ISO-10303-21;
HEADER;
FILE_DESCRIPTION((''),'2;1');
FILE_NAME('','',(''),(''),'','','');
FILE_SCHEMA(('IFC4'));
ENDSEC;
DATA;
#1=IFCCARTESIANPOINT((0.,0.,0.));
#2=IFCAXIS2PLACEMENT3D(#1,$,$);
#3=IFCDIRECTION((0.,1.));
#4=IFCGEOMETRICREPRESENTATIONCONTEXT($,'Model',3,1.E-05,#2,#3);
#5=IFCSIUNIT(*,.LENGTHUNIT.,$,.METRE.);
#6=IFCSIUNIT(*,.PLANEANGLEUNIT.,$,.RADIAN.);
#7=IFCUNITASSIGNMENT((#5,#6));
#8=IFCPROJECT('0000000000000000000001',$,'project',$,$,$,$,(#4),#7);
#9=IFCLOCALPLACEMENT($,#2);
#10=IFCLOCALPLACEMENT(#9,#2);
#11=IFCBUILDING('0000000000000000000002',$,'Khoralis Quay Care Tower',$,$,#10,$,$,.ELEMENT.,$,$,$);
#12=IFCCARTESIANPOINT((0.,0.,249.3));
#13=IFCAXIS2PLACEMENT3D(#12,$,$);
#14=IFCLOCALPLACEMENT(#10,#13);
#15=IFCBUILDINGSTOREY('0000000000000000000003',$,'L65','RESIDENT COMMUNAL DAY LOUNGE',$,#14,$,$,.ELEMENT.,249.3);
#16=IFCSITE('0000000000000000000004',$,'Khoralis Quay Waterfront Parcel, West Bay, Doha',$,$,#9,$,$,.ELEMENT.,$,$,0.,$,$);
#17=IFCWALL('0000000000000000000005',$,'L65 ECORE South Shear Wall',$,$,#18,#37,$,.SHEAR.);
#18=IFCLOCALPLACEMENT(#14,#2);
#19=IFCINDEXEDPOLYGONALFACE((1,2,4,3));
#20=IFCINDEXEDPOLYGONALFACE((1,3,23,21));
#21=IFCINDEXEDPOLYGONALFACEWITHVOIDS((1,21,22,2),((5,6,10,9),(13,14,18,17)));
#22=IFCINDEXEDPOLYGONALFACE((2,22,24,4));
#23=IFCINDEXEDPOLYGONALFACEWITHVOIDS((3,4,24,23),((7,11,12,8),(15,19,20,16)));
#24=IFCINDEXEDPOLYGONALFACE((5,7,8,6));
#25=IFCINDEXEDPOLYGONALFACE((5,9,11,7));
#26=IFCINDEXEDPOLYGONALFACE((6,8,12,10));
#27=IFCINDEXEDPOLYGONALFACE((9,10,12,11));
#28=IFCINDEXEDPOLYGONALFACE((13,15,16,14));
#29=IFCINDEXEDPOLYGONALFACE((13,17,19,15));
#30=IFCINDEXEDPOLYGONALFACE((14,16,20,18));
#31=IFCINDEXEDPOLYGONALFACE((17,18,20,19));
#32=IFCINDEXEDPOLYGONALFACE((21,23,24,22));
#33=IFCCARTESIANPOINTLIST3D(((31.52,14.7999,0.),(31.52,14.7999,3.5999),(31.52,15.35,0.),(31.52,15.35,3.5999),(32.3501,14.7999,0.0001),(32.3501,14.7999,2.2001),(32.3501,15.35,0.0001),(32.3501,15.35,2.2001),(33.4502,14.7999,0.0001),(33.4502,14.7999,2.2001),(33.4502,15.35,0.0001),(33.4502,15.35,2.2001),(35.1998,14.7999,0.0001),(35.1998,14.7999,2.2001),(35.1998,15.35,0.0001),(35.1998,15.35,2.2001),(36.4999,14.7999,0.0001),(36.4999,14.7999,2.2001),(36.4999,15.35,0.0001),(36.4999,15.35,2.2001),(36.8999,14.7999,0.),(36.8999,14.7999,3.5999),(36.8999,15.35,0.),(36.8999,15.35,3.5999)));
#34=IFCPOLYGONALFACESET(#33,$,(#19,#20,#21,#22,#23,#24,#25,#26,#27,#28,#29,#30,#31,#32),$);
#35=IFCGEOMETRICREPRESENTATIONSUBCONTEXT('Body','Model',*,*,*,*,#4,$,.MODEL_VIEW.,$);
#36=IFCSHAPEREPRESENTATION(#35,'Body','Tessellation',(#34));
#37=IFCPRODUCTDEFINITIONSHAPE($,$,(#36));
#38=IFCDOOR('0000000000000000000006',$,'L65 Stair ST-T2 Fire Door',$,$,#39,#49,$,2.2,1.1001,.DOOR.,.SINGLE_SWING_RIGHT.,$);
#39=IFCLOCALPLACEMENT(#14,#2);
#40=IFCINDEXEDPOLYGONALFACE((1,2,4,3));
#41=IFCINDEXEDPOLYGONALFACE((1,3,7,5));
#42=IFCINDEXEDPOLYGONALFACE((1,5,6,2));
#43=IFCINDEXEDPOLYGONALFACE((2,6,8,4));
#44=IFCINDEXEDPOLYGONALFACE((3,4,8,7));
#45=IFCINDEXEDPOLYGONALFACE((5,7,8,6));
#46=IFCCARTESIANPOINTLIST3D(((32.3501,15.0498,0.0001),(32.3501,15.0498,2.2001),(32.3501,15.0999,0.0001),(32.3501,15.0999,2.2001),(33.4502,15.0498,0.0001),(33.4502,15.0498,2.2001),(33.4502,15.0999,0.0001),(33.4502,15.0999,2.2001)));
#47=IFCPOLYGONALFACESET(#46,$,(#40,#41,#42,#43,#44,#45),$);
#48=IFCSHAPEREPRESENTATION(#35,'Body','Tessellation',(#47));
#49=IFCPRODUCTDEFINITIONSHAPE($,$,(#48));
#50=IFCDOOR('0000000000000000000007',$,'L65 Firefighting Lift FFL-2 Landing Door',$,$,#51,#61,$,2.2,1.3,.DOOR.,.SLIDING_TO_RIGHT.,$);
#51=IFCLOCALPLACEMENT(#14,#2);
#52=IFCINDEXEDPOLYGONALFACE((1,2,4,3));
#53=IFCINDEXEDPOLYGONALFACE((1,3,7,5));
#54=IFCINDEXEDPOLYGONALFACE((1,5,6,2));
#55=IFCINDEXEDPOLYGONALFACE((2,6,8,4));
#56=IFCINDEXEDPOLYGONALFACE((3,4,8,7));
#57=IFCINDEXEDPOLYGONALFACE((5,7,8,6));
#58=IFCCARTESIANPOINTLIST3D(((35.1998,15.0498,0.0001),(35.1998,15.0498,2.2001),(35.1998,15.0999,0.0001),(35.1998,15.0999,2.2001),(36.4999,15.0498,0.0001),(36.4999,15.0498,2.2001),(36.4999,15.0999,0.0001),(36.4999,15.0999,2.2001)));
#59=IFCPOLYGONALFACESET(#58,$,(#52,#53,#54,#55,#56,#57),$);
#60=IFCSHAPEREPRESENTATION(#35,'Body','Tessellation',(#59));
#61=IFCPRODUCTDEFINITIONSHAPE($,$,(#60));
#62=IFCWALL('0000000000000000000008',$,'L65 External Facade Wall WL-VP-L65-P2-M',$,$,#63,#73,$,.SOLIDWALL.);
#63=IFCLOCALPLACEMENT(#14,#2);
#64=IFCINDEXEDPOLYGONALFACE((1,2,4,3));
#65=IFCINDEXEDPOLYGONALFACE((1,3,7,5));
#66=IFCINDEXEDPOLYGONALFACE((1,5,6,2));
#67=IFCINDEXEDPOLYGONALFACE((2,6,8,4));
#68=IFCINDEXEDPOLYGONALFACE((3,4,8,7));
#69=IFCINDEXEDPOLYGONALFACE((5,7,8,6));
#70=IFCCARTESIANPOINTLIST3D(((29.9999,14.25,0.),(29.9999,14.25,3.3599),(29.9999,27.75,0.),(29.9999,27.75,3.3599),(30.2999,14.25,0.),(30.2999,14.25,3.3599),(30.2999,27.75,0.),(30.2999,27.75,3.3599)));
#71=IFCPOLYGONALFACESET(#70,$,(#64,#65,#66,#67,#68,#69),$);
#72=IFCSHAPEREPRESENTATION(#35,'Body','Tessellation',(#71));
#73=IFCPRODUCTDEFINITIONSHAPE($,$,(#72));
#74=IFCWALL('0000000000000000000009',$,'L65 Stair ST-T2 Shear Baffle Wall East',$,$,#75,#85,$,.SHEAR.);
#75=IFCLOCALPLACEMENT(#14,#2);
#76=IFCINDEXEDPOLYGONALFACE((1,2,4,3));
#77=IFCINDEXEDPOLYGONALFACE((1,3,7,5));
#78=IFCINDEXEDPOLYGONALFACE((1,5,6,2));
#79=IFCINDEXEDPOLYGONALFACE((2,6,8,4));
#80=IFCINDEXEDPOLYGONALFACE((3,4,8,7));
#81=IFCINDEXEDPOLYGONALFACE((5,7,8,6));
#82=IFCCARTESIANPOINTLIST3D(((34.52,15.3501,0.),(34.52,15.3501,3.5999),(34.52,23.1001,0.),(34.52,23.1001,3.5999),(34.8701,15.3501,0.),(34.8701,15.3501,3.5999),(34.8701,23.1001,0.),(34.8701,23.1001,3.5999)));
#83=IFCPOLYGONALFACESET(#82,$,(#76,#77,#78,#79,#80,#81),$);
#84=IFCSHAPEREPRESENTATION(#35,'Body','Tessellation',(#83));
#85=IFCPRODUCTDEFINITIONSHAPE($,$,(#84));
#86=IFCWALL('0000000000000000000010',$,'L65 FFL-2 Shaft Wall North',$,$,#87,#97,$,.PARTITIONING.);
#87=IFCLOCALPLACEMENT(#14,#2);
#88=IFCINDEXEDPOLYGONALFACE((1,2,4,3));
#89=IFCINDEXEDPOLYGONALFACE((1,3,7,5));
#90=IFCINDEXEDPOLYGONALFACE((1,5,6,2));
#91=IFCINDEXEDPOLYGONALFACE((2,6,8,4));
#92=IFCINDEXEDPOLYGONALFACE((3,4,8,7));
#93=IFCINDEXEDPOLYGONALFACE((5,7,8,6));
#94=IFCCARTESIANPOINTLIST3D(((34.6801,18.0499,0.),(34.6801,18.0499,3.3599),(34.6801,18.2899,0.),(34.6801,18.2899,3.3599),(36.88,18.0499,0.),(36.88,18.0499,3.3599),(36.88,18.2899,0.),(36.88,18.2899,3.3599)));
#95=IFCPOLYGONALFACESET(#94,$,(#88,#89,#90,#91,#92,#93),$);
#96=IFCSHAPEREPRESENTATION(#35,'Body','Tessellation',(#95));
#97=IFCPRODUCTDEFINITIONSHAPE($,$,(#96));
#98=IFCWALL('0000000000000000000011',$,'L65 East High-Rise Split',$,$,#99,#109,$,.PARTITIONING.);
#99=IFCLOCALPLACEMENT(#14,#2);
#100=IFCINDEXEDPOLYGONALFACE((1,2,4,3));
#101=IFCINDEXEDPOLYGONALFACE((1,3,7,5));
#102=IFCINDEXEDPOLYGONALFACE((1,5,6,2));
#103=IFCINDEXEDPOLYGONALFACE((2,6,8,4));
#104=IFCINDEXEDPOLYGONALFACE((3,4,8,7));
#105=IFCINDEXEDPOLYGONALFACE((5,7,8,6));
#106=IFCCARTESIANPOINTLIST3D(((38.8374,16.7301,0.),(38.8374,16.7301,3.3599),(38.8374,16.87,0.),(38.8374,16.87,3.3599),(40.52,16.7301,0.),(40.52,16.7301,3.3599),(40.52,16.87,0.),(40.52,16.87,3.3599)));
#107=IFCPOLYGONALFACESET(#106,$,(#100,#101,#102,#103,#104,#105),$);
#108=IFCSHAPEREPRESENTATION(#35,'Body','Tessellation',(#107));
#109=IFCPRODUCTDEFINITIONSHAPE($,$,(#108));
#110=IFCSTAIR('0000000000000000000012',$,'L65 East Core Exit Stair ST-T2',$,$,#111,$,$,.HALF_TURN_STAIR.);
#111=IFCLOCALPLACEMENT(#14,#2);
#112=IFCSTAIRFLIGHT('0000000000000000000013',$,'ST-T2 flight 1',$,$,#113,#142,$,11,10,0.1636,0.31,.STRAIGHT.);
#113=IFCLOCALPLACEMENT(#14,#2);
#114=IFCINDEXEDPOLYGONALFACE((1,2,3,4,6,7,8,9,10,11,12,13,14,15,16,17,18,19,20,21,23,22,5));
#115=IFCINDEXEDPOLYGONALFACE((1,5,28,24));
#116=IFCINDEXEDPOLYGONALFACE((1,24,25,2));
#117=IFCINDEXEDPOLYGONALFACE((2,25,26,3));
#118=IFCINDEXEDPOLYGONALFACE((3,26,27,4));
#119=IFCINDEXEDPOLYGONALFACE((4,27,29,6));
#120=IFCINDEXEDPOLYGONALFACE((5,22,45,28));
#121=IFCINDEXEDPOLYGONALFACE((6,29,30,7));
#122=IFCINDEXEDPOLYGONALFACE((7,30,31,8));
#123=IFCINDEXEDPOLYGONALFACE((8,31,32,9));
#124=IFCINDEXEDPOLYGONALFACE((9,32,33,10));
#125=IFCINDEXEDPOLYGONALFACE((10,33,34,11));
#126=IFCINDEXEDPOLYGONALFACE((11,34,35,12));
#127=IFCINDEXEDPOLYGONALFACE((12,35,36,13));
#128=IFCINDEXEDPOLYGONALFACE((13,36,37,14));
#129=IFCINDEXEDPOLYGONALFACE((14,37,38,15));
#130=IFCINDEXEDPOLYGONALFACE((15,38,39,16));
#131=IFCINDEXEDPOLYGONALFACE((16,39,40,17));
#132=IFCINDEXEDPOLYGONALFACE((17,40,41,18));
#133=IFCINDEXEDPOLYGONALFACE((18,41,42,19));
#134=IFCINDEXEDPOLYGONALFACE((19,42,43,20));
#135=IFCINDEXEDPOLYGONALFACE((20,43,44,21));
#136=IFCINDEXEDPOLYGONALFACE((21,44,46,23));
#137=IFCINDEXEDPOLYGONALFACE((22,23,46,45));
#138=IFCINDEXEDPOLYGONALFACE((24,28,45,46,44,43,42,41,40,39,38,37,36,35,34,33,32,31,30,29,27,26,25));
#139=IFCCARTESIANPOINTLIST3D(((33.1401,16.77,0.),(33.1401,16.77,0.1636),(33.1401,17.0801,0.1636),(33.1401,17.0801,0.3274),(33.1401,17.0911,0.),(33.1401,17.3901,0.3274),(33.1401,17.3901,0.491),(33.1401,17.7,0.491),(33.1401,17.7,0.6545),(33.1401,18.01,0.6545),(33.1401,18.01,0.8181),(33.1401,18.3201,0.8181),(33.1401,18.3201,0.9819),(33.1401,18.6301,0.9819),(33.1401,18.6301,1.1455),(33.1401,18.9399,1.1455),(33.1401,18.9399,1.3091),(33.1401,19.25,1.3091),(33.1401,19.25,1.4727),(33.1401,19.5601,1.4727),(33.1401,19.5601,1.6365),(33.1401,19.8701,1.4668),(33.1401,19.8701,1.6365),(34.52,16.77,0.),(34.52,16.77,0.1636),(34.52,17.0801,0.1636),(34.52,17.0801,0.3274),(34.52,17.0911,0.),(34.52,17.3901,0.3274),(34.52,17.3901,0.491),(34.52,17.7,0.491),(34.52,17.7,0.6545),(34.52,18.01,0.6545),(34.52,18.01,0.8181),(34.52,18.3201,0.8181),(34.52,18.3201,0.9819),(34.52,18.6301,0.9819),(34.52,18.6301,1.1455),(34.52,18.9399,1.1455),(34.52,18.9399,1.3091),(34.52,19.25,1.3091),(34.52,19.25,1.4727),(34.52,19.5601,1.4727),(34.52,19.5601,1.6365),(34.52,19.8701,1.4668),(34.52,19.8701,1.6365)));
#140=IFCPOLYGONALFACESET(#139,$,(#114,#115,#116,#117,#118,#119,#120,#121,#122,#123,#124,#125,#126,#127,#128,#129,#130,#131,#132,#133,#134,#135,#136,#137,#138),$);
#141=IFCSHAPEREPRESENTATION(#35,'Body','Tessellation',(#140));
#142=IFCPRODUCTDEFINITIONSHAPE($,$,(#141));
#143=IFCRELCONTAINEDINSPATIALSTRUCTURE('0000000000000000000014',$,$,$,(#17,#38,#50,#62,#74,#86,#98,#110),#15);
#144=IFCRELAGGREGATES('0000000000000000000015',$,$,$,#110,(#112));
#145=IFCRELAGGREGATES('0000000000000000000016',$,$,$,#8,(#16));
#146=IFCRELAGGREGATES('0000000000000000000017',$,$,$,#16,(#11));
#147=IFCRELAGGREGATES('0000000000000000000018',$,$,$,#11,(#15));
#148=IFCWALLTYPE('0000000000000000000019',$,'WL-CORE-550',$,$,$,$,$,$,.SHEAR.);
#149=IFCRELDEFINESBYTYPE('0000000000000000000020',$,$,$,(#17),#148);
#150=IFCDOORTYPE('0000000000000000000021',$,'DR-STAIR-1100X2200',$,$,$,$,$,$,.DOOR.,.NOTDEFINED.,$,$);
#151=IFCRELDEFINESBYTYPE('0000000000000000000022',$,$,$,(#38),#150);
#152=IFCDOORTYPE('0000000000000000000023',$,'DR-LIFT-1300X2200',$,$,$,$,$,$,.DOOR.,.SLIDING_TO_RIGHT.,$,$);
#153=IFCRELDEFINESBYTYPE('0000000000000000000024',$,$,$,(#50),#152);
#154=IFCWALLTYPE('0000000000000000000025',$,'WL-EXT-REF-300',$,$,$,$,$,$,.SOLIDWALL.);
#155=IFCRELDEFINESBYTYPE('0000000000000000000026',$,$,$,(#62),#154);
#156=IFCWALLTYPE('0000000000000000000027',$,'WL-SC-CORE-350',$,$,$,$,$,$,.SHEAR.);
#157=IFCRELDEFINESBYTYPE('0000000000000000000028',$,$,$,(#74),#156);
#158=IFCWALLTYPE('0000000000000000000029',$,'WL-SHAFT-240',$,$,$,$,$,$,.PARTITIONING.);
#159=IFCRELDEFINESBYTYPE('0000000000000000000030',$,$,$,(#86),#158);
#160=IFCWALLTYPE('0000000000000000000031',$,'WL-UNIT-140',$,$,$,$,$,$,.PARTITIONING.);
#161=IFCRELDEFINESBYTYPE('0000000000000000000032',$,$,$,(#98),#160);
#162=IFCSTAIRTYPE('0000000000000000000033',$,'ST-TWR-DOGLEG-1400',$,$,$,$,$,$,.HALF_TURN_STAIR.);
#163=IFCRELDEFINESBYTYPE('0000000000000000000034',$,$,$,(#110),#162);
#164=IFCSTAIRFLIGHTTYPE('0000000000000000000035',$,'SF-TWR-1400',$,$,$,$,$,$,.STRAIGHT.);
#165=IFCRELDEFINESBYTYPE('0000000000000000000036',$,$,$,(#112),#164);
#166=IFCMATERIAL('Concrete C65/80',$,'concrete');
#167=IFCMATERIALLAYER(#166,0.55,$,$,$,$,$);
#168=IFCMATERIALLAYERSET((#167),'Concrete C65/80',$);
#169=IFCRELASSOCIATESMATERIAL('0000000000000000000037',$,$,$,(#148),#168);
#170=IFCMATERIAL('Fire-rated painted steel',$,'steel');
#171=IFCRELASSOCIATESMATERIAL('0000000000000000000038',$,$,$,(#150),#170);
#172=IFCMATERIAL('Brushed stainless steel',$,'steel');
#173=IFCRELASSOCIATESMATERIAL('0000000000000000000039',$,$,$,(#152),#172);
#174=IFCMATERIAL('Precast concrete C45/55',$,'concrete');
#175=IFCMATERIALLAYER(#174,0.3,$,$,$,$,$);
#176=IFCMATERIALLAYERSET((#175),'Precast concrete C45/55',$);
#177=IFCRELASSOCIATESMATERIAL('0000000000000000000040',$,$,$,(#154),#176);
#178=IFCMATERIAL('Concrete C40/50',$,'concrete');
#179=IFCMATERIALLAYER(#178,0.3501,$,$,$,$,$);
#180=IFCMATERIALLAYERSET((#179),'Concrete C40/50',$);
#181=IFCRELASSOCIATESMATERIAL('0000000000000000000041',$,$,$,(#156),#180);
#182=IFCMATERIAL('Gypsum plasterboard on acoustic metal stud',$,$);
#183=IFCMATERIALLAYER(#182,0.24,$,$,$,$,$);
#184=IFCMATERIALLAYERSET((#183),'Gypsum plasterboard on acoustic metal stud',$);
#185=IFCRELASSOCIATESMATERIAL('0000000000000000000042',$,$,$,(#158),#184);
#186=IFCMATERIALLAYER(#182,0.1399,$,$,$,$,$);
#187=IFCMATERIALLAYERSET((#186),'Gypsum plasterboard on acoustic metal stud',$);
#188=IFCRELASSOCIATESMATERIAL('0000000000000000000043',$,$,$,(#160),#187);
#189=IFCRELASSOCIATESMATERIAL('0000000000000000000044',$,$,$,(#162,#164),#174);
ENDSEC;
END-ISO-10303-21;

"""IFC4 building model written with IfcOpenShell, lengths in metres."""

from ifc_helpers import new_model, si_unit, direction, frame, frame_2d, origin, place, context, subcontext, project, spatial, polyline, rectangle, outline, extrude, source, transform, mapped, material, layer, layer_set, type_object, element, fill, aggregate, save


model = new_model("IFC4")

# Units and contexts
model_context = context("Model", 3, precision=1e-05, world=origin(), true_north=direction((0.0, 1.0)))
body_context = subcontext(model_context, "Body", "Model", "MODEL_VIEW")
ifc_project = project(units=[si_unit("LENGTHUNIT", "METRE"), si_unit("PLANEANGLEUNIT", "RADIAN")], contexts=[model_context])

# Site, building, storey
site_placement = place(None, origin())
site = spatial("IfcSite", under=ifc_project, at=site_placement, Name="Khoralis Quay Waterfront Parcel, West Bay, Doha", CompositionType="ELEMENT", RefElevation=0.0)
building_placement = place(site_placement, origin())
building = spatial("IfcBuilding", under=site, at=building_placement, Name="Khoralis Quay Care Tower", CompositionType="ELEMENT")
storey_placement = place(building_placement, frame((0.0, 0.0, 249.3)))
storey = spatial("IfcBuildingStorey", under=building, at=storey_placement, Name="L65", Description="RESIDENT COMMUNAL DAY LOUNGE", CompositionType="ELEMENT", Elevation=249.3)

# Shared definitions
ifc_material_1 = material(Name="Concrete C65/80", Category="concrete")
ifc_layer_1 = layer(ifc_material_1, 0.55)
ifc_layer_set_1 = layer_set([ifc_layer_1], Name="Concrete C65/80")
wall_type_1 = type_object("IfcWallType", Name="WL-CORE-550", PredefinedType="SHEAR", material=ifc_layer_set_1)

# Shared definitions
ifc_material_2 = material(Name="Fire-rated painted steel", Category="steel")
door_type_1 = type_object("IfcDoorType", Name="DR-STAIR-1100X2200", OperationType="NOTDEFINED", PredefinedType="DOOR", material=ifc_material_2)
shared_shape_1 = source(origin(), body_context, "Body", "SweptSolid", [
    extrude(rectangle(XDim=1.1001, YDim=2.2, at=frame_2d((0.55, 1.1001))), frame((0.0, 0.0249, 0.0), z_axis=(0.0, -1.0, 0.0), x_axis=(1.0, 0.0, 0.0)), (0.0, 0.0, 1.0), 0.05),
])

# Wall, openings, doors
wall_1_placement = place(storey_placement, frame((31.52, 15.075, 0.0), z_axis=(0.0, 0.0, 1.0), x_axis=(1.0, 0.0, 0.0)))
wall_1 = element("IfcWall", 1, at=wall_1_placement, inside=storey, type_object=wall_type_1, Name="L65 ECORE South Shear Wall", PredefinedType="SHEAR", context=body_context, shape_type="SweptSolid", body=[
    extrude(rectangle(XDim=5.3799, YDim=0.55, at=frame_2d((2.6899, 0.0))), origin(), (0.0, 0.0, 1.0), 3.5999),
])
opening_1_placement = place(wall_1_placement, frame((0.8301, 0.0, 0.0)))
opening_1 = element("IfcOpeningElement", 2, at=opening_1_placement, cuts=wall_1, PredefinedType="OPENING", context=body_context, shape_type="SweptSolid", body=[
    extrude(rectangle(XDim=1.1001, YDim=2.2, at=frame_2d((0.55, 1.1001))), frame((0.0, 0.2852, 0.0), z_axis=(0.0, -1.0, 0.0), x_axis=(1.0, 0.0, 0.0)), (0.0, 0.0, 1.0), 0.5701),
])
opening_2_placement = place(wall_1_placement, frame((3.6799, 0.0, 0.0)))
opening_2 = element("IfcOpeningElement", 3, at=opening_2_placement, cuts=wall_1, PredefinedType="OPENING", context=body_context, shape_type="SweptSolid", body=[
    extrude(rectangle(XDim=1.3, YDim=2.2, at=frame_2d((0.6499, 1.1001))), frame((0.0, 0.2852, 0.0), z_axis=(0.0, -1.0, 0.0), x_axis=(1.0, 0.0, 0.0)), (0.0, 0.0, 1.0), 0.5701),
])
door_1_placement = place(opening_1_placement, origin())
door_1 = element("IfcDoor", 4, at=door_1_placement, inside=storey, type_object=door_type_1, Name="L65 Stair ST-T2 Fire Door", OperationType="SINGLE_SWING_RIGHT", OverallHeight=2.2, OverallWidth=1.1001, PredefinedType="DOOR", context=body_context, shape_type="MappedRepresentation", body=[
    mapped(shared_shape_1, transform((0.0, 0.0, 0.0), scale=1.0)),
])
fill(opening_1, door_1)
ifc_material_3 = material(Name="Brushed stainless steel", Category="steel")
door_type_2 = type_object("IfcDoorType", Name="DR-LIFT-1300X2200", OperationType="SLIDING_TO_RIGHT", PredefinedType="DOOR", material=ifc_material_3)
shared_shape_2 = source(origin(), body_context, "Body", "SweptSolid", [
    extrude(rectangle(XDim=1.3, YDim=2.2, at=frame_2d((0.6499, 1.1001))), frame((0.0, 0.0249, 0.0), z_axis=(0.0, -1.0, 0.0), x_axis=(1.0, 0.0, 0.0)), (0.0, 0.0, 1.0), 0.05),
])
door_2_placement = place(opening_2_placement, origin())
door_2 = element("IfcDoor", 5, at=door_2_placement, inside=storey, type_object=door_type_2, Name="L65 Firefighting Lift FFL-2 Landing Door", OperationType="SLIDING_TO_RIGHT", OverallHeight=2.2, OverallWidth=1.3, PredefinedType="DOOR", context=body_context, shape_type="MappedRepresentation", body=[
    mapped(shared_shape_2, transform((0.0, 0.0, 0.0), scale=1.0)),
])
fill(opening_2, door_2)

# Walls
ifc_material_4 = material(Name="Precast concrete C45/55", Category="concrete")
ifc_layer_2 = layer(ifc_material_4, 0.3)
ifc_layer_set_2 = layer_set([ifc_layer_2], Name="Precast concrete C45/55")
wall_type_2 = type_object("IfcWallType", Name="WL-EXT-REF-300", PredefinedType="SOLIDWALL", material=ifc_layer_set_2)
wall_2_placement = place(storey_placement, frame((30.1499, 14.25, 0.0), z_axis=(0.0, 0.0, 1.0), x_axis=(0.0, 1.0, 0.0)))
element("IfcWall", 6, at=wall_2_placement, inside=storey, type_object=wall_type_2, Name="L65 External Facade Wall WL-VP-L65-P2-M", PredefinedType="SOLIDWALL", context=body_context, shape_type="SweptSolid", body=[
    extrude(rectangle(XDim=13.5, YDim=0.3, at=frame_2d((6.75, 0.0))), origin(), (0.0, 0.0, 1.0), 3.3599),
])
ifc_material_5 = material(Name="Concrete C40/50", Category="concrete")
ifc_layer_3 = layer(ifc_material_5, 0.3501)
ifc_layer_set_3 = layer_set([ifc_layer_3], Name="Concrete C40/50")
wall_type_3 = type_object("IfcWallType", Name="WL-SC-CORE-350", PredefinedType="SHEAR", material=ifc_layer_set_3)
wall_3_placement = place(storey_placement, frame((34.6951, 15.3501, 0.0), z_axis=(0.0, 0.0, 1.0), x_axis=(0.0, 1.0, 0.0)))
element("IfcWall", 7, at=wall_3_placement, inside=storey, type_object=wall_type_3, Name="L65 Stair ST-T2 Shear Baffle Wall East", PredefinedType="SHEAR", context=body_context, shape_type="SweptSolid", body=[
    extrude(rectangle(XDim=7.75, YDim=0.3501, at=frame_2d((3.875, 0.0))), origin(), (0.0, 0.0, 1.0), 3.5999),
])
ifc_material_6 = material(Name="Gypsum plasterboard on acoustic metal stud")
ifc_layer_4 = layer(ifc_material_6, 0.24)
ifc_layer_set_4 = layer_set([ifc_layer_4], Name="Gypsum plasterboard on acoustic metal stud")
wall_type_4 = type_object("IfcWallType", Name="WL-SHAFT-240", PredefinedType="PARTITIONING", material=ifc_layer_set_4)
wall_4_placement = place(storey_placement, frame((34.6799, 18.1699, 0.0), z_axis=(0.0, 0.0, 1.0), x_axis=(1.0, 0.0, 0.0)))
element("IfcWall", 8, at=wall_4_placement, inside=storey, type_object=wall_type_4, Name="L65 FFL-2 Shaft Wall North", PredefinedType="PARTITIONING", context=body_context, shape_type="SweptSolid", body=[
    extrude(rectangle(XDim=2.2, YDim=0.24, at=frame_2d((1.1001, 0.0))), origin(), (0.0, 0.0, 1.0), 3.3599),
])
ifc_layer_5 = layer(ifc_material_6, 0.1399)
ifc_layer_set_5 = layer_set([ifc_layer_5], Name="Gypsum plasterboard on acoustic metal stud")
wall_type_5 = type_object("IfcWallType", Name="WL-UNIT-140", PredefinedType="PARTITIONING", material=ifc_layer_set_5)
wall_5_placement = place(storey_placement, frame((38.8374, 16.8, 0.0), z_axis=(0.0, 0.0, 1.0), x_axis=(1.0, 0.0, 0.0)))
element("IfcWall", 9, at=wall_5_placement, inside=storey, type_object=wall_type_5, Name="L65 East High-Rise Split", PredefinedType="PARTITIONING", context=body_context, shape_type="SweptSolid", body=[
    extrude(rectangle(XDim=1.6826, YDim=0.1399, at=frame_2d((0.8413, 0.0))), origin(), (0.0, 0.0, 1.0), 3.3599),
])

# Stair, stair flight
stair_type = type_object("IfcStairType", Name="ST-TWR-DOGLEG-1400", PredefinedType="HALF_TURN_STAIR", material=ifc_material_4)
stair_placement = place(storey_placement, origin())
stair = element("IfcStair", 10, at=stair_placement, inside=storey, type_object=stair_type, Name="L65 East Core Exit Stair ST-T2", PredefinedType="HALF_TURN_STAIR")
stair_flight_type = type_object("IfcStairFlightType", Name="SF-TWR-1400", PredefinedType="STRAIGHT", material=ifc_material_4)
shared_shape_3 = source(origin(), body_context, "Body", "SweptSolid", [
    extrude(outline(polyline([(0.0, 0.0), (0.0, 0.1636), (0.3101, 0.1636), (0.3101, 0.3274), (0.6201, 0.3274), (0.6201, 0.491), (0.9299, 0.491), (0.9299, 0.6545), (1.24, 0.6545), (1.24, 0.8181), (1.55, 0.8181), (1.55, 0.9819), (1.8601, 0.9819), (1.8601, 1.1455), (2.1699, 1.1455), (2.1699, 1.3091), (2.48, 1.3091), (2.48, 1.4727), (2.79, 1.4727), (2.79, 1.6365), (3.1001, 1.6365), (3.1001, 1.8), (3.1001, 1.4668), (0.321, 0.0), (0.0, 0.0)])), frame((0.0, 0.6899, 0.0), z_axis=(0.0, -1.0, 0.0), x_axis=(1.0, 0.0, 0.0)), (0.0, 0.0, 1.0), 1.3799),
])
stair_flight_1_placement = place(storey_placement, frame((33.8301, 16.77, 0.0), z_axis=(0.0, 0.0, 1.0), x_axis=(0.0, 1.0, 0.0)))
stair_flight_1 = element("IfcStairFlight", 11, at=stair_flight_1_placement, type_object=stair_flight_type, Name="ST-T2 flight 1", NumberOfRisers=11, NumberOfTreads=10, PredefinedType="STRAIGHT", RiserHeight=0.1636, TreadLength=0.31, context=body_context, shape_type="MappedRepresentation", body=[
    mapped(shared_shape_3, transform((0.0, 0.0, 0.0), scale=1.0)),
])
aggregate(stair, [stair_flight_1])

save(model, "model.ifc")
